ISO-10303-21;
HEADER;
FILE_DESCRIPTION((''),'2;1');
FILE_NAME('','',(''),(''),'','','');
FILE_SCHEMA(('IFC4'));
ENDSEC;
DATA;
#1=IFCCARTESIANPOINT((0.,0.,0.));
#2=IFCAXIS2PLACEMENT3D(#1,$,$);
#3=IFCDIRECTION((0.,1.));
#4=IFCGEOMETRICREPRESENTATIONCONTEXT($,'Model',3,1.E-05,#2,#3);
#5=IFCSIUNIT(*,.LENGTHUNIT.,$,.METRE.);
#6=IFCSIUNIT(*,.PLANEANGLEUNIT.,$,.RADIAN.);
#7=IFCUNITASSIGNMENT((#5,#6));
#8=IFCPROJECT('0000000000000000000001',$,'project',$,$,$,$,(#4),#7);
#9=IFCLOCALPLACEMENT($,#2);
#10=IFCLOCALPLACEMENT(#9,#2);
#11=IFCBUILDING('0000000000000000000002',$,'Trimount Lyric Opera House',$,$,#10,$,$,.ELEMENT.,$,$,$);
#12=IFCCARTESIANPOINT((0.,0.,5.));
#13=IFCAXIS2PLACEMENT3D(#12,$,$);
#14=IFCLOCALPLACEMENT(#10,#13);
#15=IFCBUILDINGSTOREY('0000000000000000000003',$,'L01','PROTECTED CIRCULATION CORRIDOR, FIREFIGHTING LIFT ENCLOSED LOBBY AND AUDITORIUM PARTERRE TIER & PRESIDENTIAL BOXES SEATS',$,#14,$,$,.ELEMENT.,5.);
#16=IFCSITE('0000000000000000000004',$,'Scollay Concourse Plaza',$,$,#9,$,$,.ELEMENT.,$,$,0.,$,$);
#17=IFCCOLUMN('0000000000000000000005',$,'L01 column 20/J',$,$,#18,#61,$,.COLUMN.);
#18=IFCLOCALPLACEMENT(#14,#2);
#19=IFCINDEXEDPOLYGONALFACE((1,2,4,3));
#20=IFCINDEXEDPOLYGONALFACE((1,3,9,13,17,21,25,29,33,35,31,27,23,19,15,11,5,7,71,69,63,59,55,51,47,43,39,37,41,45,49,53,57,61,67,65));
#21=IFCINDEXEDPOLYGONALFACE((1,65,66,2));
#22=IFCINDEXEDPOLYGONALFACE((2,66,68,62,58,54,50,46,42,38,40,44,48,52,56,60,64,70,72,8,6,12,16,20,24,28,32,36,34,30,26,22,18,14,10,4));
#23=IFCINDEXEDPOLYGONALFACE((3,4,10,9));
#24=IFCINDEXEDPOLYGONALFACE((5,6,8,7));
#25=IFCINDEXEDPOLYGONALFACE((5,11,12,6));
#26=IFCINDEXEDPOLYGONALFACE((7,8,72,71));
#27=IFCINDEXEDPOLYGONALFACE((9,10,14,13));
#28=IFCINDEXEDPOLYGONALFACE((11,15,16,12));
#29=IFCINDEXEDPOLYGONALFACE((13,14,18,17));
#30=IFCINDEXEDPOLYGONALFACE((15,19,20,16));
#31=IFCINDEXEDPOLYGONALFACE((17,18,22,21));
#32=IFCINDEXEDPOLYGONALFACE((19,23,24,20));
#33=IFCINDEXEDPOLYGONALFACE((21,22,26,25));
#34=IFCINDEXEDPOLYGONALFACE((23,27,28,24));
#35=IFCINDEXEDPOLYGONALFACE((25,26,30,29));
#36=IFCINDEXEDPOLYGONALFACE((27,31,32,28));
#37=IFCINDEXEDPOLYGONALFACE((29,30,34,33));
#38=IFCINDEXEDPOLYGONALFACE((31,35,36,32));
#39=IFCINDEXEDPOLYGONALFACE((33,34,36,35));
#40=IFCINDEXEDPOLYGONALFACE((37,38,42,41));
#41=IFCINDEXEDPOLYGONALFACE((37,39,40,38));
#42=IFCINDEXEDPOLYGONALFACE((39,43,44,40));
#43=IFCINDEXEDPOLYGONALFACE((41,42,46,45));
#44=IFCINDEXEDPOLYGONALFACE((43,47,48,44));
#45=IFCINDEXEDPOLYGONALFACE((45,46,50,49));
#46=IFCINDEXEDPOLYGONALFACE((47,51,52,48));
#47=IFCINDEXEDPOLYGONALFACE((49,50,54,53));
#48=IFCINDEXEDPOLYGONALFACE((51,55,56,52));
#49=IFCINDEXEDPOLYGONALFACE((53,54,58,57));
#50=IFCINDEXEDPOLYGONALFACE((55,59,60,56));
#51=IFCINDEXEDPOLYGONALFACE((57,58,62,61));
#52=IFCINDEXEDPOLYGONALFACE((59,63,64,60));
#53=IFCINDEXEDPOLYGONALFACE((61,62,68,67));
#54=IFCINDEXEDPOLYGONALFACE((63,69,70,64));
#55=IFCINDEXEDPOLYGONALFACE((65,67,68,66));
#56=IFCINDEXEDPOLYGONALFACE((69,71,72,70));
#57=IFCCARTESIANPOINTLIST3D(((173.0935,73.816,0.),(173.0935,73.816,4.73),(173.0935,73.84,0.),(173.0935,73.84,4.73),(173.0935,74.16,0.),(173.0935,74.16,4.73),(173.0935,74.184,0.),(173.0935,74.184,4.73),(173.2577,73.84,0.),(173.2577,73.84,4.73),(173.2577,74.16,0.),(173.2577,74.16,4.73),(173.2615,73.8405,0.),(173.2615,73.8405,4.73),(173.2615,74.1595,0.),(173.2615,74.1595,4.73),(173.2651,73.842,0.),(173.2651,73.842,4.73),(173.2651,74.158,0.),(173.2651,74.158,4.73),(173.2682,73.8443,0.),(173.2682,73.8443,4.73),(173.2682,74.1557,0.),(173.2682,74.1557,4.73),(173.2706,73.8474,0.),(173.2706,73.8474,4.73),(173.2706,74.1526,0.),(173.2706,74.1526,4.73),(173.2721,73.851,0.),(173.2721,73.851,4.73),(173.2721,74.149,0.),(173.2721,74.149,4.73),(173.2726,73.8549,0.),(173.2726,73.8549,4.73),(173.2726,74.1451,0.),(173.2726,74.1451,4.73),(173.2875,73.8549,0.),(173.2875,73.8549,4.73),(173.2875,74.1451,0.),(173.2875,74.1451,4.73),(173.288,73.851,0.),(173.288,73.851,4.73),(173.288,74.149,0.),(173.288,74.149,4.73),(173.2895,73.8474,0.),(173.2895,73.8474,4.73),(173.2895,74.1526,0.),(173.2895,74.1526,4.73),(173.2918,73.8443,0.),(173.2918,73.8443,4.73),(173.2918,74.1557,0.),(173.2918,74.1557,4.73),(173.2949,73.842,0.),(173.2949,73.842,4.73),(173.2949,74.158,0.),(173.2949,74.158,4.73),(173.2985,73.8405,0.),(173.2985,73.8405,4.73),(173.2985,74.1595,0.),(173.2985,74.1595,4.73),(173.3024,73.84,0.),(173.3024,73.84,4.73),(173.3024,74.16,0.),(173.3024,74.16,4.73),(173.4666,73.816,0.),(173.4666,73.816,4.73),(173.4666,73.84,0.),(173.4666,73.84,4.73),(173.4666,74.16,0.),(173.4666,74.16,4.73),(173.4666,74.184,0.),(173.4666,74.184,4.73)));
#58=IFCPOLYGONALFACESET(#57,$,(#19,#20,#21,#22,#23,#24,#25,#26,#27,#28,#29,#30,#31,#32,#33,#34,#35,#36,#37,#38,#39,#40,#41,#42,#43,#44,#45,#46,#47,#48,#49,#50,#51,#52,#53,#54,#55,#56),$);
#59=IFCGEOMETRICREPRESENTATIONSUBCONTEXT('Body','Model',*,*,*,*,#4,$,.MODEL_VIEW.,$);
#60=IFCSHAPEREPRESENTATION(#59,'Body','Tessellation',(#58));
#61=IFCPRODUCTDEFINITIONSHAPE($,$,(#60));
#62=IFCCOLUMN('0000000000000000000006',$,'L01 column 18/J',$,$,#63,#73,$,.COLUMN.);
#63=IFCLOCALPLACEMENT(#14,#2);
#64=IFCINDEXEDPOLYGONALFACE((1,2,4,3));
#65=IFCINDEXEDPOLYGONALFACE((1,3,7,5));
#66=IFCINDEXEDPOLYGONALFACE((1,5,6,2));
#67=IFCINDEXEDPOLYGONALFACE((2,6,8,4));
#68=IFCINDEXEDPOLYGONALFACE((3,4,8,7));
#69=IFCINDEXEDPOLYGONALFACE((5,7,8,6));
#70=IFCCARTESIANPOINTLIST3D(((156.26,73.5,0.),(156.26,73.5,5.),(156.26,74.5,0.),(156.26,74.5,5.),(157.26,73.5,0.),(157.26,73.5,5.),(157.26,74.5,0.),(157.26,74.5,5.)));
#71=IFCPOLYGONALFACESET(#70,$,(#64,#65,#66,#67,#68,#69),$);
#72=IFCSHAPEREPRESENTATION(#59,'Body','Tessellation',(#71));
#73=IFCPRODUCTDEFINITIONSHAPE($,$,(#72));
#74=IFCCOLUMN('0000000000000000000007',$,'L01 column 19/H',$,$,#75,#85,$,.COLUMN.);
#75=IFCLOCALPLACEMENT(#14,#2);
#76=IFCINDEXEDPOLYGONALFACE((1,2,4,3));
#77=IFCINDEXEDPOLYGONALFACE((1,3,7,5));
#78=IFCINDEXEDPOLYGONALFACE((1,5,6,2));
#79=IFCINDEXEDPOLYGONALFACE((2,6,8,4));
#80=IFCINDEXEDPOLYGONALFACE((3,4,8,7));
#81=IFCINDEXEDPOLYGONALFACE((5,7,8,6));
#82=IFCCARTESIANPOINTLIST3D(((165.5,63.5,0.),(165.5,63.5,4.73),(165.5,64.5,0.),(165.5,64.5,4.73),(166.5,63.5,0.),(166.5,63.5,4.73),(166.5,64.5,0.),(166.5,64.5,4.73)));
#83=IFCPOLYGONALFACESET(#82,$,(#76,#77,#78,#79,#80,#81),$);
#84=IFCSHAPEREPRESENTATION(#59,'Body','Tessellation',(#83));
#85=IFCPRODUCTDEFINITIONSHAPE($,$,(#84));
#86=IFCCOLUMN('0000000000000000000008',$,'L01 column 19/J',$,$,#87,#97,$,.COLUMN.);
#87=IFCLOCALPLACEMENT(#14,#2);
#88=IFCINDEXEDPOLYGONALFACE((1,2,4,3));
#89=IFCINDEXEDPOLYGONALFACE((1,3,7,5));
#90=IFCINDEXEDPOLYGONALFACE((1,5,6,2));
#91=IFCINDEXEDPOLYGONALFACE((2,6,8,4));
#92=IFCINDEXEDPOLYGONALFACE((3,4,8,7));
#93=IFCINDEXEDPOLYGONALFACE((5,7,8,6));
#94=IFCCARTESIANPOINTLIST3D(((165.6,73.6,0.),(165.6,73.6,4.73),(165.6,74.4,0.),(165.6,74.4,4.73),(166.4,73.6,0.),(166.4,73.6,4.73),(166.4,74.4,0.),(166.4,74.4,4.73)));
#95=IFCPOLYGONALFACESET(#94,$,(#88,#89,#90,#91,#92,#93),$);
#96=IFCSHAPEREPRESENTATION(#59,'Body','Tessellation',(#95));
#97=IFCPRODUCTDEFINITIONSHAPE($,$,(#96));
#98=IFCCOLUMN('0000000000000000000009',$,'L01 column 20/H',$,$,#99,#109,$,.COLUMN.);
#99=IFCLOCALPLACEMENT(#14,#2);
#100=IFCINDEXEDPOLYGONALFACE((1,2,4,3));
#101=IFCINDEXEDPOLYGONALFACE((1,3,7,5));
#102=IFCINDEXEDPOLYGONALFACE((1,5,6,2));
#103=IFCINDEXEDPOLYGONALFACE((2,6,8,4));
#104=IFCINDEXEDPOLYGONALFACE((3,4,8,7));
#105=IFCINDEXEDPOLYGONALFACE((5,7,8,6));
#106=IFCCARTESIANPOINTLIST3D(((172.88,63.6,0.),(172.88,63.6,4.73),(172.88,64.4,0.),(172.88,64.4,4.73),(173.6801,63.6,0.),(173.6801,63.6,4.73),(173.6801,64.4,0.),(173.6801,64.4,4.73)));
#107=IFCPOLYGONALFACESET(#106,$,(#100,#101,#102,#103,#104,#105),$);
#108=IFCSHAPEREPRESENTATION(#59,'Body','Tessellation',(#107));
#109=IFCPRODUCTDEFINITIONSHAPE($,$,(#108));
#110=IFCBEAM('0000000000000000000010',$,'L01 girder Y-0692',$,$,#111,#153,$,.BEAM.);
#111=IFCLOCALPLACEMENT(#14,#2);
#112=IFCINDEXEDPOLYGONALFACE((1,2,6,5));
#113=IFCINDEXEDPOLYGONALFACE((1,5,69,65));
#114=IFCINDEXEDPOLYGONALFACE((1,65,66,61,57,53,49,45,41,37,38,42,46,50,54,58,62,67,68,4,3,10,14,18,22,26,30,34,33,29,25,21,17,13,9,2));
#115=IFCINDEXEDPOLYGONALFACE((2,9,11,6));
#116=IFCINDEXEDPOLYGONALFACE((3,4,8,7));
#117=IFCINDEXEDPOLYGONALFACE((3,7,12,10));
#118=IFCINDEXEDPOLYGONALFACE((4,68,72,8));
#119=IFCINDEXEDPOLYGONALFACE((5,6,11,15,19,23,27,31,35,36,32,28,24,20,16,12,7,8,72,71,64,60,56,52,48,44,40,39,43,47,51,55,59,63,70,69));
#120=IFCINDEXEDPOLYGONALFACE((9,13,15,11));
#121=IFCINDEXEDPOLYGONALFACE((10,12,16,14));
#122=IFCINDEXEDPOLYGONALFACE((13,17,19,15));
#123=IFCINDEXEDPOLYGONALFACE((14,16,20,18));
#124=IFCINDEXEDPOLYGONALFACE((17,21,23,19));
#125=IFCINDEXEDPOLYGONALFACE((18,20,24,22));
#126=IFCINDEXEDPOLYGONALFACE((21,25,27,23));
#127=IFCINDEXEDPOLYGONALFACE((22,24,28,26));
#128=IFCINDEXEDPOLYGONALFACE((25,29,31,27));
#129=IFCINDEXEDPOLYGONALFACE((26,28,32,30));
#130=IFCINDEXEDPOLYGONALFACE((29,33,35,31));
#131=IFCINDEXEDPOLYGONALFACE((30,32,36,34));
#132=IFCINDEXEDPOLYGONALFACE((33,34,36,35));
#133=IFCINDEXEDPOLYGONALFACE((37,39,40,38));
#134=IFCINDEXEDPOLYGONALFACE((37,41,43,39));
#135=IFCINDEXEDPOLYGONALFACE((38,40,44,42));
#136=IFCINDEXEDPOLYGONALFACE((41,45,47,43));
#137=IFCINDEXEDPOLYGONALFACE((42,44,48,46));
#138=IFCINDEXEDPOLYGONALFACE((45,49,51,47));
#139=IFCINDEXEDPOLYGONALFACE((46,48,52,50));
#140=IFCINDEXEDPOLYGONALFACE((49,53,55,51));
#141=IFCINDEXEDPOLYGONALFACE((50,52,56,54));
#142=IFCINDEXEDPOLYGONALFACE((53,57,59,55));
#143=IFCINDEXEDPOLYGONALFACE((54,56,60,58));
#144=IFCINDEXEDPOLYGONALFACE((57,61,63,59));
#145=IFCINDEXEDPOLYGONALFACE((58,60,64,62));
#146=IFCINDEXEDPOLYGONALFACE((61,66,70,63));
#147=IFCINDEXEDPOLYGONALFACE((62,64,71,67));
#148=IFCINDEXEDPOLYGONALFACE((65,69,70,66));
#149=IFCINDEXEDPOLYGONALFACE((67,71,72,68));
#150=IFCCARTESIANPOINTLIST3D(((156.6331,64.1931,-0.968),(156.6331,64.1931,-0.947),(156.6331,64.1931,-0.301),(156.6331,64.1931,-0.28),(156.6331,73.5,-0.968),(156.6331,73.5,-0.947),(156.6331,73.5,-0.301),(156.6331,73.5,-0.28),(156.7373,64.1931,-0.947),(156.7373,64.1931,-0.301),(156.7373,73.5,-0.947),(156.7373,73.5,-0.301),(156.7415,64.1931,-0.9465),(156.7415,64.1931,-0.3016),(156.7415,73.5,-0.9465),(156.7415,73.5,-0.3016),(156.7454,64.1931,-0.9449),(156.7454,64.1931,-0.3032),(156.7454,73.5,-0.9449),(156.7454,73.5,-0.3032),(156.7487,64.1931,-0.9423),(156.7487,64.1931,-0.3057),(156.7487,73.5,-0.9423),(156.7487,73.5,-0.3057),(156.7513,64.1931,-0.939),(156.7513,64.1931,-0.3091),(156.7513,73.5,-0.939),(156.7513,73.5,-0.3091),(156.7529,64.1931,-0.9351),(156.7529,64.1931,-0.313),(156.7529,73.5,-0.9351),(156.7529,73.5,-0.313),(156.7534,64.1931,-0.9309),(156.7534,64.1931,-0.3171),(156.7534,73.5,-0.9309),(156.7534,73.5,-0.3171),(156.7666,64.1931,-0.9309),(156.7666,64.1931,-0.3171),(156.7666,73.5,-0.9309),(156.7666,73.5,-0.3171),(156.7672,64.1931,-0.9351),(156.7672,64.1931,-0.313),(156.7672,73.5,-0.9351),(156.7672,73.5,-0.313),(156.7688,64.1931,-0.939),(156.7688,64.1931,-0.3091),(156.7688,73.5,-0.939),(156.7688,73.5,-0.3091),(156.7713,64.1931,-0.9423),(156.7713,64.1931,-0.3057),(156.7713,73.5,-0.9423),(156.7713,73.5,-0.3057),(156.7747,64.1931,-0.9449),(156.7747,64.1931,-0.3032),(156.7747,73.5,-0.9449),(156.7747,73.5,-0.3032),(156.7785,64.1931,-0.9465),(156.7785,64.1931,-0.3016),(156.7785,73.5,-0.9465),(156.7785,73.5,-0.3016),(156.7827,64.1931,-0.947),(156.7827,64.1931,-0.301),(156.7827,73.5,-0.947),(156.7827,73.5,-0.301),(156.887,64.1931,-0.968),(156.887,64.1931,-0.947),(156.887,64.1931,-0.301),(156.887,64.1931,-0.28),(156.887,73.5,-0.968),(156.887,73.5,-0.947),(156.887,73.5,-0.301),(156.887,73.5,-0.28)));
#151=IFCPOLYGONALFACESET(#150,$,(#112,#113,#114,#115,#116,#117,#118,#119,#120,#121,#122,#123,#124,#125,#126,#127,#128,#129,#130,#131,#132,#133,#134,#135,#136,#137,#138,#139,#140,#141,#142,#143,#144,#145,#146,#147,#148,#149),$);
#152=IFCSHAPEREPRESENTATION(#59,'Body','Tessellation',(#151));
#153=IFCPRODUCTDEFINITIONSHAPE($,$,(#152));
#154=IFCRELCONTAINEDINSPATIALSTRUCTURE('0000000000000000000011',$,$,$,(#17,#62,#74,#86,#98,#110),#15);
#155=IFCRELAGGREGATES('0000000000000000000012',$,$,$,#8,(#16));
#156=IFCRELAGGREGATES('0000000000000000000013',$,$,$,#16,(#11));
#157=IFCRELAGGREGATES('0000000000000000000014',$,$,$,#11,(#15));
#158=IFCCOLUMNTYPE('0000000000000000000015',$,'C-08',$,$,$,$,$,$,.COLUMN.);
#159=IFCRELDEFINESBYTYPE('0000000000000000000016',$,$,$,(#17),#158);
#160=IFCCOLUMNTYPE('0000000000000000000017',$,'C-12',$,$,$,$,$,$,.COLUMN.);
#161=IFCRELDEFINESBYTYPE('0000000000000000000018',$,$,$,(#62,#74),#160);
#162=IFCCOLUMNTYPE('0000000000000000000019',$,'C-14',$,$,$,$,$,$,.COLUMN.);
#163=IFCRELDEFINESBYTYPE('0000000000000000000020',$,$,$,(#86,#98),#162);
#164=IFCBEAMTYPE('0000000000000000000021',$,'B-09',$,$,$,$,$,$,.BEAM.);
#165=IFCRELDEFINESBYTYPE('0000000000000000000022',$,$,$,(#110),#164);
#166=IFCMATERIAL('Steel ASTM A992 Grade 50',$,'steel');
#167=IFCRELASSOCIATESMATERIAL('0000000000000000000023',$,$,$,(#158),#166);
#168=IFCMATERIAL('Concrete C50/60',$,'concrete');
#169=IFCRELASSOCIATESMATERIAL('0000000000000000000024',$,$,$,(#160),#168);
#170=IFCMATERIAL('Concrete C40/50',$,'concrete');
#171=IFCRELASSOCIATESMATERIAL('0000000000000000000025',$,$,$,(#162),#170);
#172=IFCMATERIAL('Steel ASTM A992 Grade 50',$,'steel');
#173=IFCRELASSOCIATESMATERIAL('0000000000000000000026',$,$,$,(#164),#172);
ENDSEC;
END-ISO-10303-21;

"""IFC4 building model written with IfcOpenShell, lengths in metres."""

from ifc_helpers import new_model, si_unit, direction, frame, origin, origin_2d, place, context, subcontext, project, spatial, rectangle, i_section, extrude, material, material_profile, profile_set, type_object, element, save


model = new_model("IFC4")

# Units and contexts
model_context = context("Model", 3, precision=1e-05, world=origin(), true_north=direction((0.0, 1.0)))
body_context = subcontext(model_context, "Body", "Model", "MODEL_VIEW")
ifc_project = project(units=[si_unit("LENGTHUNIT", "METRE"), si_unit("PLANEANGLEUNIT", "RADIAN")], contexts=[model_context])

# Site, building, storey
site_placement = place(None, origin())
site = spatial("IfcSite", under=ifc_project, at=site_placement, Name="Scollay Concourse Plaza", CompositionType="ELEMENT", RefElevation=0.0)
building_placement = place(site_placement, origin())
building = spatial("IfcBuilding", under=site, at=building_placement, Name="Trimount Lyric Opera House", CompositionType="ELEMENT")
storey_placement = place(building_placement, frame((0.0, 0.0, 5.0)))
storey = spatial("IfcBuildingStorey", under=building, at=storey_placement, Name="L01", Description="PROTECTED CIRCULATION CORRIDOR, FIREFIGHTING LIFT ENCLOSED LOBBY AND AUDITORIUM PARTERRE TIER & PRESIDENTIAL BOXES SEATS", CompositionType="ELEMENT", Elevation=5.0)

# Columns
ifc_material_1 = material(Name="Steel ASTM A992 Grade 50", Category="steel")
ifc_material_profile_1 = material_profile(ifc_material_1, i_section(OverallWidth=0.373, OverallDepth=0.3679, WebThickness=0.0149, FlangeThickness=0.0239, FilletRadius=0.0149, at=origin_2d()), Name="W14X120")
ifc_profile_set_1 = profile_set([ifc_material_profile_1], Name="Steel ASTM A992 Grade 50")
column_type_1 = type_object("IfcColumnType", Name="C-08", PredefinedType="COLUMN", material=ifc_profile_set_1)
column_1_placement = place(storey_placement, frame((173.28, 74.0, 0.0), z_axis=(0.0, 0.0, 1.0), x_axis=(1.0, 0.0, 0.0)))
element("IfcColumn", 1, at=column_1_placement, inside=storey, type_object=column_type_1, Name="L01 column 20/J", PredefinedType="COLUMN", context=body_context, shape_type="SweptSolid", body=[
    extrude(i_section(OverallWidth=0.373, OverallDepth=0.3679, WebThickness=0.0149, FlangeThickness=0.0239, FilletRadius=0.0149, at=origin_2d()), origin(), (0.0, 0.0, 1.0), 4.73),
])
ifc_material_2 = material(Name="Concrete C50/60", Category="concrete")
ifc_material_profile_2 = material_profile(ifc_material_2, rectangle(XDim=1.0, YDim=1.0, at=origin_2d()), Name="RC1000X1000")
ifc_profile_set_2 = profile_set([ifc_material_profile_2], Name="Concrete C50/60")
column_type_2 = type_object("IfcColumnType", Name="C-12", PredefinedType="COLUMN", material=ifc_profile_set_2)
column_2_placement = place(storey_placement, frame((156.76, 74.0, 0.0), z_axis=(0.0, 0.0, 1.0), x_axis=(1.0, 0.0, 0.0)))
element("IfcColumn", 2, at=column_2_placement, inside=storey, type_object=column_type_2, Name="L01 column 18/J", PredefinedType="COLUMN", context=body_context, shape_type="SweptSolid", body=[
    extrude(rectangle(XDim=1.0, YDim=1.0, at=origin_2d()), origin(), (0.0, 0.0, 1.0), 5.0),
])
column_3_placement = place(storey_placement, frame((166.0, 64.0, 0.0), z_axis=(0.0, 0.0, 1.0), x_axis=(1.0, 0.0, 0.0)))
element("IfcColumn", 3, at=column_3_placement, inside=storey, type_object=column_type_2, Name="L01 column 19/H", PredefinedType="COLUMN", context=body_context, shape_type="SweptSolid", body=[
    extrude(rectangle(XDim=1.0, YDim=1.0, at=origin_2d()), origin(), (0.0, 0.0, 1.0), 4.73),
])
ifc_material_3 = material(Name="Concrete C40/50", Category="concrete")
ifc_material_profile_3 = material_profile(ifc_material_3, rectangle(XDim=0.8, YDim=0.8, at=origin_2d()), Name="RC800X800")
ifc_profile_set_3 = profile_set([ifc_material_profile_3], Name="Concrete C40/50")
column_type_3 = type_object("IfcColumnType", Name="C-14", PredefinedType="COLUMN", material=ifc_profile_set_3)
for number, where, z_axis, x_axis, name in (
    (4, (166.0, 74.0, 0.0), (0.0, 0.0, 1.0), (1.0, 0.0, 0.0), "L01 column 19/J"),
    (5, (173.28, 64.0, 0.0), (0.0, 0.0, 1.0), (1.0, 0.0, 0.0), "L01 column 20/H"),
):
    element("IfcColumn", number, at=place(storey_placement, frame(where, z_axis=z_axis, x_axis=x_axis)), inside=storey, type_object=column_type_3, Name=name, PredefinedType="COLUMN", context=body_context, shape_type="SweptSolid", body=[
        extrude(rectangle(XDim=0.8, YDim=0.8, at=origin_2d()), origin(), (0.0, 0.0, 1.0), 4.73),
    ])

# Beam
ifc_material_4 = material(Name="Steel ASTM A992 Grade 50", Category="steel")
ifc_material_profile_4 = material_profile(ifc_material_4, i_section(OverallWidth=0.2539, OverallDepth=0.688, WebThickness=0.0132, FlangeThickness=0.021, FilletRadius=0.0161, at=origin_2d()), Name="W27X102")
ifc_profile_set_4 = profile_set([ifc_material_profile_4], Name="Steel ASTM A992 Grade 50")
beam_type_1 = type_object("IfcBeamType", Name="B-09", PredefinedType="BEAM", material=ifc_profile_set_4)
beam_1_placement = place(storey_placement, frame((156.76, 64.1931, -0.624), z_axis=(0.0, 1.0, 0.0), x_axis=(-1.0, 0.0, 0.0)))
element("IfcBeam", 6, at=beam_1_placement, inside=storey, type_object=beam_type_1, Name="L01 girder Y-0692", PredefinedType="BEAM", context=body_context, shape_type="SweptSolid", body=[
    extrude(i_section(OverallWidth=0.2539, OverallDepth=0.688, WebThickness=0.0132, FlangeThickness=0.021, FilletRadius=0.0161, at=origin_2d()), origin(), (0.0, 0.0, 1.0), 9.3069),
])

save(model, "model.ifc")
